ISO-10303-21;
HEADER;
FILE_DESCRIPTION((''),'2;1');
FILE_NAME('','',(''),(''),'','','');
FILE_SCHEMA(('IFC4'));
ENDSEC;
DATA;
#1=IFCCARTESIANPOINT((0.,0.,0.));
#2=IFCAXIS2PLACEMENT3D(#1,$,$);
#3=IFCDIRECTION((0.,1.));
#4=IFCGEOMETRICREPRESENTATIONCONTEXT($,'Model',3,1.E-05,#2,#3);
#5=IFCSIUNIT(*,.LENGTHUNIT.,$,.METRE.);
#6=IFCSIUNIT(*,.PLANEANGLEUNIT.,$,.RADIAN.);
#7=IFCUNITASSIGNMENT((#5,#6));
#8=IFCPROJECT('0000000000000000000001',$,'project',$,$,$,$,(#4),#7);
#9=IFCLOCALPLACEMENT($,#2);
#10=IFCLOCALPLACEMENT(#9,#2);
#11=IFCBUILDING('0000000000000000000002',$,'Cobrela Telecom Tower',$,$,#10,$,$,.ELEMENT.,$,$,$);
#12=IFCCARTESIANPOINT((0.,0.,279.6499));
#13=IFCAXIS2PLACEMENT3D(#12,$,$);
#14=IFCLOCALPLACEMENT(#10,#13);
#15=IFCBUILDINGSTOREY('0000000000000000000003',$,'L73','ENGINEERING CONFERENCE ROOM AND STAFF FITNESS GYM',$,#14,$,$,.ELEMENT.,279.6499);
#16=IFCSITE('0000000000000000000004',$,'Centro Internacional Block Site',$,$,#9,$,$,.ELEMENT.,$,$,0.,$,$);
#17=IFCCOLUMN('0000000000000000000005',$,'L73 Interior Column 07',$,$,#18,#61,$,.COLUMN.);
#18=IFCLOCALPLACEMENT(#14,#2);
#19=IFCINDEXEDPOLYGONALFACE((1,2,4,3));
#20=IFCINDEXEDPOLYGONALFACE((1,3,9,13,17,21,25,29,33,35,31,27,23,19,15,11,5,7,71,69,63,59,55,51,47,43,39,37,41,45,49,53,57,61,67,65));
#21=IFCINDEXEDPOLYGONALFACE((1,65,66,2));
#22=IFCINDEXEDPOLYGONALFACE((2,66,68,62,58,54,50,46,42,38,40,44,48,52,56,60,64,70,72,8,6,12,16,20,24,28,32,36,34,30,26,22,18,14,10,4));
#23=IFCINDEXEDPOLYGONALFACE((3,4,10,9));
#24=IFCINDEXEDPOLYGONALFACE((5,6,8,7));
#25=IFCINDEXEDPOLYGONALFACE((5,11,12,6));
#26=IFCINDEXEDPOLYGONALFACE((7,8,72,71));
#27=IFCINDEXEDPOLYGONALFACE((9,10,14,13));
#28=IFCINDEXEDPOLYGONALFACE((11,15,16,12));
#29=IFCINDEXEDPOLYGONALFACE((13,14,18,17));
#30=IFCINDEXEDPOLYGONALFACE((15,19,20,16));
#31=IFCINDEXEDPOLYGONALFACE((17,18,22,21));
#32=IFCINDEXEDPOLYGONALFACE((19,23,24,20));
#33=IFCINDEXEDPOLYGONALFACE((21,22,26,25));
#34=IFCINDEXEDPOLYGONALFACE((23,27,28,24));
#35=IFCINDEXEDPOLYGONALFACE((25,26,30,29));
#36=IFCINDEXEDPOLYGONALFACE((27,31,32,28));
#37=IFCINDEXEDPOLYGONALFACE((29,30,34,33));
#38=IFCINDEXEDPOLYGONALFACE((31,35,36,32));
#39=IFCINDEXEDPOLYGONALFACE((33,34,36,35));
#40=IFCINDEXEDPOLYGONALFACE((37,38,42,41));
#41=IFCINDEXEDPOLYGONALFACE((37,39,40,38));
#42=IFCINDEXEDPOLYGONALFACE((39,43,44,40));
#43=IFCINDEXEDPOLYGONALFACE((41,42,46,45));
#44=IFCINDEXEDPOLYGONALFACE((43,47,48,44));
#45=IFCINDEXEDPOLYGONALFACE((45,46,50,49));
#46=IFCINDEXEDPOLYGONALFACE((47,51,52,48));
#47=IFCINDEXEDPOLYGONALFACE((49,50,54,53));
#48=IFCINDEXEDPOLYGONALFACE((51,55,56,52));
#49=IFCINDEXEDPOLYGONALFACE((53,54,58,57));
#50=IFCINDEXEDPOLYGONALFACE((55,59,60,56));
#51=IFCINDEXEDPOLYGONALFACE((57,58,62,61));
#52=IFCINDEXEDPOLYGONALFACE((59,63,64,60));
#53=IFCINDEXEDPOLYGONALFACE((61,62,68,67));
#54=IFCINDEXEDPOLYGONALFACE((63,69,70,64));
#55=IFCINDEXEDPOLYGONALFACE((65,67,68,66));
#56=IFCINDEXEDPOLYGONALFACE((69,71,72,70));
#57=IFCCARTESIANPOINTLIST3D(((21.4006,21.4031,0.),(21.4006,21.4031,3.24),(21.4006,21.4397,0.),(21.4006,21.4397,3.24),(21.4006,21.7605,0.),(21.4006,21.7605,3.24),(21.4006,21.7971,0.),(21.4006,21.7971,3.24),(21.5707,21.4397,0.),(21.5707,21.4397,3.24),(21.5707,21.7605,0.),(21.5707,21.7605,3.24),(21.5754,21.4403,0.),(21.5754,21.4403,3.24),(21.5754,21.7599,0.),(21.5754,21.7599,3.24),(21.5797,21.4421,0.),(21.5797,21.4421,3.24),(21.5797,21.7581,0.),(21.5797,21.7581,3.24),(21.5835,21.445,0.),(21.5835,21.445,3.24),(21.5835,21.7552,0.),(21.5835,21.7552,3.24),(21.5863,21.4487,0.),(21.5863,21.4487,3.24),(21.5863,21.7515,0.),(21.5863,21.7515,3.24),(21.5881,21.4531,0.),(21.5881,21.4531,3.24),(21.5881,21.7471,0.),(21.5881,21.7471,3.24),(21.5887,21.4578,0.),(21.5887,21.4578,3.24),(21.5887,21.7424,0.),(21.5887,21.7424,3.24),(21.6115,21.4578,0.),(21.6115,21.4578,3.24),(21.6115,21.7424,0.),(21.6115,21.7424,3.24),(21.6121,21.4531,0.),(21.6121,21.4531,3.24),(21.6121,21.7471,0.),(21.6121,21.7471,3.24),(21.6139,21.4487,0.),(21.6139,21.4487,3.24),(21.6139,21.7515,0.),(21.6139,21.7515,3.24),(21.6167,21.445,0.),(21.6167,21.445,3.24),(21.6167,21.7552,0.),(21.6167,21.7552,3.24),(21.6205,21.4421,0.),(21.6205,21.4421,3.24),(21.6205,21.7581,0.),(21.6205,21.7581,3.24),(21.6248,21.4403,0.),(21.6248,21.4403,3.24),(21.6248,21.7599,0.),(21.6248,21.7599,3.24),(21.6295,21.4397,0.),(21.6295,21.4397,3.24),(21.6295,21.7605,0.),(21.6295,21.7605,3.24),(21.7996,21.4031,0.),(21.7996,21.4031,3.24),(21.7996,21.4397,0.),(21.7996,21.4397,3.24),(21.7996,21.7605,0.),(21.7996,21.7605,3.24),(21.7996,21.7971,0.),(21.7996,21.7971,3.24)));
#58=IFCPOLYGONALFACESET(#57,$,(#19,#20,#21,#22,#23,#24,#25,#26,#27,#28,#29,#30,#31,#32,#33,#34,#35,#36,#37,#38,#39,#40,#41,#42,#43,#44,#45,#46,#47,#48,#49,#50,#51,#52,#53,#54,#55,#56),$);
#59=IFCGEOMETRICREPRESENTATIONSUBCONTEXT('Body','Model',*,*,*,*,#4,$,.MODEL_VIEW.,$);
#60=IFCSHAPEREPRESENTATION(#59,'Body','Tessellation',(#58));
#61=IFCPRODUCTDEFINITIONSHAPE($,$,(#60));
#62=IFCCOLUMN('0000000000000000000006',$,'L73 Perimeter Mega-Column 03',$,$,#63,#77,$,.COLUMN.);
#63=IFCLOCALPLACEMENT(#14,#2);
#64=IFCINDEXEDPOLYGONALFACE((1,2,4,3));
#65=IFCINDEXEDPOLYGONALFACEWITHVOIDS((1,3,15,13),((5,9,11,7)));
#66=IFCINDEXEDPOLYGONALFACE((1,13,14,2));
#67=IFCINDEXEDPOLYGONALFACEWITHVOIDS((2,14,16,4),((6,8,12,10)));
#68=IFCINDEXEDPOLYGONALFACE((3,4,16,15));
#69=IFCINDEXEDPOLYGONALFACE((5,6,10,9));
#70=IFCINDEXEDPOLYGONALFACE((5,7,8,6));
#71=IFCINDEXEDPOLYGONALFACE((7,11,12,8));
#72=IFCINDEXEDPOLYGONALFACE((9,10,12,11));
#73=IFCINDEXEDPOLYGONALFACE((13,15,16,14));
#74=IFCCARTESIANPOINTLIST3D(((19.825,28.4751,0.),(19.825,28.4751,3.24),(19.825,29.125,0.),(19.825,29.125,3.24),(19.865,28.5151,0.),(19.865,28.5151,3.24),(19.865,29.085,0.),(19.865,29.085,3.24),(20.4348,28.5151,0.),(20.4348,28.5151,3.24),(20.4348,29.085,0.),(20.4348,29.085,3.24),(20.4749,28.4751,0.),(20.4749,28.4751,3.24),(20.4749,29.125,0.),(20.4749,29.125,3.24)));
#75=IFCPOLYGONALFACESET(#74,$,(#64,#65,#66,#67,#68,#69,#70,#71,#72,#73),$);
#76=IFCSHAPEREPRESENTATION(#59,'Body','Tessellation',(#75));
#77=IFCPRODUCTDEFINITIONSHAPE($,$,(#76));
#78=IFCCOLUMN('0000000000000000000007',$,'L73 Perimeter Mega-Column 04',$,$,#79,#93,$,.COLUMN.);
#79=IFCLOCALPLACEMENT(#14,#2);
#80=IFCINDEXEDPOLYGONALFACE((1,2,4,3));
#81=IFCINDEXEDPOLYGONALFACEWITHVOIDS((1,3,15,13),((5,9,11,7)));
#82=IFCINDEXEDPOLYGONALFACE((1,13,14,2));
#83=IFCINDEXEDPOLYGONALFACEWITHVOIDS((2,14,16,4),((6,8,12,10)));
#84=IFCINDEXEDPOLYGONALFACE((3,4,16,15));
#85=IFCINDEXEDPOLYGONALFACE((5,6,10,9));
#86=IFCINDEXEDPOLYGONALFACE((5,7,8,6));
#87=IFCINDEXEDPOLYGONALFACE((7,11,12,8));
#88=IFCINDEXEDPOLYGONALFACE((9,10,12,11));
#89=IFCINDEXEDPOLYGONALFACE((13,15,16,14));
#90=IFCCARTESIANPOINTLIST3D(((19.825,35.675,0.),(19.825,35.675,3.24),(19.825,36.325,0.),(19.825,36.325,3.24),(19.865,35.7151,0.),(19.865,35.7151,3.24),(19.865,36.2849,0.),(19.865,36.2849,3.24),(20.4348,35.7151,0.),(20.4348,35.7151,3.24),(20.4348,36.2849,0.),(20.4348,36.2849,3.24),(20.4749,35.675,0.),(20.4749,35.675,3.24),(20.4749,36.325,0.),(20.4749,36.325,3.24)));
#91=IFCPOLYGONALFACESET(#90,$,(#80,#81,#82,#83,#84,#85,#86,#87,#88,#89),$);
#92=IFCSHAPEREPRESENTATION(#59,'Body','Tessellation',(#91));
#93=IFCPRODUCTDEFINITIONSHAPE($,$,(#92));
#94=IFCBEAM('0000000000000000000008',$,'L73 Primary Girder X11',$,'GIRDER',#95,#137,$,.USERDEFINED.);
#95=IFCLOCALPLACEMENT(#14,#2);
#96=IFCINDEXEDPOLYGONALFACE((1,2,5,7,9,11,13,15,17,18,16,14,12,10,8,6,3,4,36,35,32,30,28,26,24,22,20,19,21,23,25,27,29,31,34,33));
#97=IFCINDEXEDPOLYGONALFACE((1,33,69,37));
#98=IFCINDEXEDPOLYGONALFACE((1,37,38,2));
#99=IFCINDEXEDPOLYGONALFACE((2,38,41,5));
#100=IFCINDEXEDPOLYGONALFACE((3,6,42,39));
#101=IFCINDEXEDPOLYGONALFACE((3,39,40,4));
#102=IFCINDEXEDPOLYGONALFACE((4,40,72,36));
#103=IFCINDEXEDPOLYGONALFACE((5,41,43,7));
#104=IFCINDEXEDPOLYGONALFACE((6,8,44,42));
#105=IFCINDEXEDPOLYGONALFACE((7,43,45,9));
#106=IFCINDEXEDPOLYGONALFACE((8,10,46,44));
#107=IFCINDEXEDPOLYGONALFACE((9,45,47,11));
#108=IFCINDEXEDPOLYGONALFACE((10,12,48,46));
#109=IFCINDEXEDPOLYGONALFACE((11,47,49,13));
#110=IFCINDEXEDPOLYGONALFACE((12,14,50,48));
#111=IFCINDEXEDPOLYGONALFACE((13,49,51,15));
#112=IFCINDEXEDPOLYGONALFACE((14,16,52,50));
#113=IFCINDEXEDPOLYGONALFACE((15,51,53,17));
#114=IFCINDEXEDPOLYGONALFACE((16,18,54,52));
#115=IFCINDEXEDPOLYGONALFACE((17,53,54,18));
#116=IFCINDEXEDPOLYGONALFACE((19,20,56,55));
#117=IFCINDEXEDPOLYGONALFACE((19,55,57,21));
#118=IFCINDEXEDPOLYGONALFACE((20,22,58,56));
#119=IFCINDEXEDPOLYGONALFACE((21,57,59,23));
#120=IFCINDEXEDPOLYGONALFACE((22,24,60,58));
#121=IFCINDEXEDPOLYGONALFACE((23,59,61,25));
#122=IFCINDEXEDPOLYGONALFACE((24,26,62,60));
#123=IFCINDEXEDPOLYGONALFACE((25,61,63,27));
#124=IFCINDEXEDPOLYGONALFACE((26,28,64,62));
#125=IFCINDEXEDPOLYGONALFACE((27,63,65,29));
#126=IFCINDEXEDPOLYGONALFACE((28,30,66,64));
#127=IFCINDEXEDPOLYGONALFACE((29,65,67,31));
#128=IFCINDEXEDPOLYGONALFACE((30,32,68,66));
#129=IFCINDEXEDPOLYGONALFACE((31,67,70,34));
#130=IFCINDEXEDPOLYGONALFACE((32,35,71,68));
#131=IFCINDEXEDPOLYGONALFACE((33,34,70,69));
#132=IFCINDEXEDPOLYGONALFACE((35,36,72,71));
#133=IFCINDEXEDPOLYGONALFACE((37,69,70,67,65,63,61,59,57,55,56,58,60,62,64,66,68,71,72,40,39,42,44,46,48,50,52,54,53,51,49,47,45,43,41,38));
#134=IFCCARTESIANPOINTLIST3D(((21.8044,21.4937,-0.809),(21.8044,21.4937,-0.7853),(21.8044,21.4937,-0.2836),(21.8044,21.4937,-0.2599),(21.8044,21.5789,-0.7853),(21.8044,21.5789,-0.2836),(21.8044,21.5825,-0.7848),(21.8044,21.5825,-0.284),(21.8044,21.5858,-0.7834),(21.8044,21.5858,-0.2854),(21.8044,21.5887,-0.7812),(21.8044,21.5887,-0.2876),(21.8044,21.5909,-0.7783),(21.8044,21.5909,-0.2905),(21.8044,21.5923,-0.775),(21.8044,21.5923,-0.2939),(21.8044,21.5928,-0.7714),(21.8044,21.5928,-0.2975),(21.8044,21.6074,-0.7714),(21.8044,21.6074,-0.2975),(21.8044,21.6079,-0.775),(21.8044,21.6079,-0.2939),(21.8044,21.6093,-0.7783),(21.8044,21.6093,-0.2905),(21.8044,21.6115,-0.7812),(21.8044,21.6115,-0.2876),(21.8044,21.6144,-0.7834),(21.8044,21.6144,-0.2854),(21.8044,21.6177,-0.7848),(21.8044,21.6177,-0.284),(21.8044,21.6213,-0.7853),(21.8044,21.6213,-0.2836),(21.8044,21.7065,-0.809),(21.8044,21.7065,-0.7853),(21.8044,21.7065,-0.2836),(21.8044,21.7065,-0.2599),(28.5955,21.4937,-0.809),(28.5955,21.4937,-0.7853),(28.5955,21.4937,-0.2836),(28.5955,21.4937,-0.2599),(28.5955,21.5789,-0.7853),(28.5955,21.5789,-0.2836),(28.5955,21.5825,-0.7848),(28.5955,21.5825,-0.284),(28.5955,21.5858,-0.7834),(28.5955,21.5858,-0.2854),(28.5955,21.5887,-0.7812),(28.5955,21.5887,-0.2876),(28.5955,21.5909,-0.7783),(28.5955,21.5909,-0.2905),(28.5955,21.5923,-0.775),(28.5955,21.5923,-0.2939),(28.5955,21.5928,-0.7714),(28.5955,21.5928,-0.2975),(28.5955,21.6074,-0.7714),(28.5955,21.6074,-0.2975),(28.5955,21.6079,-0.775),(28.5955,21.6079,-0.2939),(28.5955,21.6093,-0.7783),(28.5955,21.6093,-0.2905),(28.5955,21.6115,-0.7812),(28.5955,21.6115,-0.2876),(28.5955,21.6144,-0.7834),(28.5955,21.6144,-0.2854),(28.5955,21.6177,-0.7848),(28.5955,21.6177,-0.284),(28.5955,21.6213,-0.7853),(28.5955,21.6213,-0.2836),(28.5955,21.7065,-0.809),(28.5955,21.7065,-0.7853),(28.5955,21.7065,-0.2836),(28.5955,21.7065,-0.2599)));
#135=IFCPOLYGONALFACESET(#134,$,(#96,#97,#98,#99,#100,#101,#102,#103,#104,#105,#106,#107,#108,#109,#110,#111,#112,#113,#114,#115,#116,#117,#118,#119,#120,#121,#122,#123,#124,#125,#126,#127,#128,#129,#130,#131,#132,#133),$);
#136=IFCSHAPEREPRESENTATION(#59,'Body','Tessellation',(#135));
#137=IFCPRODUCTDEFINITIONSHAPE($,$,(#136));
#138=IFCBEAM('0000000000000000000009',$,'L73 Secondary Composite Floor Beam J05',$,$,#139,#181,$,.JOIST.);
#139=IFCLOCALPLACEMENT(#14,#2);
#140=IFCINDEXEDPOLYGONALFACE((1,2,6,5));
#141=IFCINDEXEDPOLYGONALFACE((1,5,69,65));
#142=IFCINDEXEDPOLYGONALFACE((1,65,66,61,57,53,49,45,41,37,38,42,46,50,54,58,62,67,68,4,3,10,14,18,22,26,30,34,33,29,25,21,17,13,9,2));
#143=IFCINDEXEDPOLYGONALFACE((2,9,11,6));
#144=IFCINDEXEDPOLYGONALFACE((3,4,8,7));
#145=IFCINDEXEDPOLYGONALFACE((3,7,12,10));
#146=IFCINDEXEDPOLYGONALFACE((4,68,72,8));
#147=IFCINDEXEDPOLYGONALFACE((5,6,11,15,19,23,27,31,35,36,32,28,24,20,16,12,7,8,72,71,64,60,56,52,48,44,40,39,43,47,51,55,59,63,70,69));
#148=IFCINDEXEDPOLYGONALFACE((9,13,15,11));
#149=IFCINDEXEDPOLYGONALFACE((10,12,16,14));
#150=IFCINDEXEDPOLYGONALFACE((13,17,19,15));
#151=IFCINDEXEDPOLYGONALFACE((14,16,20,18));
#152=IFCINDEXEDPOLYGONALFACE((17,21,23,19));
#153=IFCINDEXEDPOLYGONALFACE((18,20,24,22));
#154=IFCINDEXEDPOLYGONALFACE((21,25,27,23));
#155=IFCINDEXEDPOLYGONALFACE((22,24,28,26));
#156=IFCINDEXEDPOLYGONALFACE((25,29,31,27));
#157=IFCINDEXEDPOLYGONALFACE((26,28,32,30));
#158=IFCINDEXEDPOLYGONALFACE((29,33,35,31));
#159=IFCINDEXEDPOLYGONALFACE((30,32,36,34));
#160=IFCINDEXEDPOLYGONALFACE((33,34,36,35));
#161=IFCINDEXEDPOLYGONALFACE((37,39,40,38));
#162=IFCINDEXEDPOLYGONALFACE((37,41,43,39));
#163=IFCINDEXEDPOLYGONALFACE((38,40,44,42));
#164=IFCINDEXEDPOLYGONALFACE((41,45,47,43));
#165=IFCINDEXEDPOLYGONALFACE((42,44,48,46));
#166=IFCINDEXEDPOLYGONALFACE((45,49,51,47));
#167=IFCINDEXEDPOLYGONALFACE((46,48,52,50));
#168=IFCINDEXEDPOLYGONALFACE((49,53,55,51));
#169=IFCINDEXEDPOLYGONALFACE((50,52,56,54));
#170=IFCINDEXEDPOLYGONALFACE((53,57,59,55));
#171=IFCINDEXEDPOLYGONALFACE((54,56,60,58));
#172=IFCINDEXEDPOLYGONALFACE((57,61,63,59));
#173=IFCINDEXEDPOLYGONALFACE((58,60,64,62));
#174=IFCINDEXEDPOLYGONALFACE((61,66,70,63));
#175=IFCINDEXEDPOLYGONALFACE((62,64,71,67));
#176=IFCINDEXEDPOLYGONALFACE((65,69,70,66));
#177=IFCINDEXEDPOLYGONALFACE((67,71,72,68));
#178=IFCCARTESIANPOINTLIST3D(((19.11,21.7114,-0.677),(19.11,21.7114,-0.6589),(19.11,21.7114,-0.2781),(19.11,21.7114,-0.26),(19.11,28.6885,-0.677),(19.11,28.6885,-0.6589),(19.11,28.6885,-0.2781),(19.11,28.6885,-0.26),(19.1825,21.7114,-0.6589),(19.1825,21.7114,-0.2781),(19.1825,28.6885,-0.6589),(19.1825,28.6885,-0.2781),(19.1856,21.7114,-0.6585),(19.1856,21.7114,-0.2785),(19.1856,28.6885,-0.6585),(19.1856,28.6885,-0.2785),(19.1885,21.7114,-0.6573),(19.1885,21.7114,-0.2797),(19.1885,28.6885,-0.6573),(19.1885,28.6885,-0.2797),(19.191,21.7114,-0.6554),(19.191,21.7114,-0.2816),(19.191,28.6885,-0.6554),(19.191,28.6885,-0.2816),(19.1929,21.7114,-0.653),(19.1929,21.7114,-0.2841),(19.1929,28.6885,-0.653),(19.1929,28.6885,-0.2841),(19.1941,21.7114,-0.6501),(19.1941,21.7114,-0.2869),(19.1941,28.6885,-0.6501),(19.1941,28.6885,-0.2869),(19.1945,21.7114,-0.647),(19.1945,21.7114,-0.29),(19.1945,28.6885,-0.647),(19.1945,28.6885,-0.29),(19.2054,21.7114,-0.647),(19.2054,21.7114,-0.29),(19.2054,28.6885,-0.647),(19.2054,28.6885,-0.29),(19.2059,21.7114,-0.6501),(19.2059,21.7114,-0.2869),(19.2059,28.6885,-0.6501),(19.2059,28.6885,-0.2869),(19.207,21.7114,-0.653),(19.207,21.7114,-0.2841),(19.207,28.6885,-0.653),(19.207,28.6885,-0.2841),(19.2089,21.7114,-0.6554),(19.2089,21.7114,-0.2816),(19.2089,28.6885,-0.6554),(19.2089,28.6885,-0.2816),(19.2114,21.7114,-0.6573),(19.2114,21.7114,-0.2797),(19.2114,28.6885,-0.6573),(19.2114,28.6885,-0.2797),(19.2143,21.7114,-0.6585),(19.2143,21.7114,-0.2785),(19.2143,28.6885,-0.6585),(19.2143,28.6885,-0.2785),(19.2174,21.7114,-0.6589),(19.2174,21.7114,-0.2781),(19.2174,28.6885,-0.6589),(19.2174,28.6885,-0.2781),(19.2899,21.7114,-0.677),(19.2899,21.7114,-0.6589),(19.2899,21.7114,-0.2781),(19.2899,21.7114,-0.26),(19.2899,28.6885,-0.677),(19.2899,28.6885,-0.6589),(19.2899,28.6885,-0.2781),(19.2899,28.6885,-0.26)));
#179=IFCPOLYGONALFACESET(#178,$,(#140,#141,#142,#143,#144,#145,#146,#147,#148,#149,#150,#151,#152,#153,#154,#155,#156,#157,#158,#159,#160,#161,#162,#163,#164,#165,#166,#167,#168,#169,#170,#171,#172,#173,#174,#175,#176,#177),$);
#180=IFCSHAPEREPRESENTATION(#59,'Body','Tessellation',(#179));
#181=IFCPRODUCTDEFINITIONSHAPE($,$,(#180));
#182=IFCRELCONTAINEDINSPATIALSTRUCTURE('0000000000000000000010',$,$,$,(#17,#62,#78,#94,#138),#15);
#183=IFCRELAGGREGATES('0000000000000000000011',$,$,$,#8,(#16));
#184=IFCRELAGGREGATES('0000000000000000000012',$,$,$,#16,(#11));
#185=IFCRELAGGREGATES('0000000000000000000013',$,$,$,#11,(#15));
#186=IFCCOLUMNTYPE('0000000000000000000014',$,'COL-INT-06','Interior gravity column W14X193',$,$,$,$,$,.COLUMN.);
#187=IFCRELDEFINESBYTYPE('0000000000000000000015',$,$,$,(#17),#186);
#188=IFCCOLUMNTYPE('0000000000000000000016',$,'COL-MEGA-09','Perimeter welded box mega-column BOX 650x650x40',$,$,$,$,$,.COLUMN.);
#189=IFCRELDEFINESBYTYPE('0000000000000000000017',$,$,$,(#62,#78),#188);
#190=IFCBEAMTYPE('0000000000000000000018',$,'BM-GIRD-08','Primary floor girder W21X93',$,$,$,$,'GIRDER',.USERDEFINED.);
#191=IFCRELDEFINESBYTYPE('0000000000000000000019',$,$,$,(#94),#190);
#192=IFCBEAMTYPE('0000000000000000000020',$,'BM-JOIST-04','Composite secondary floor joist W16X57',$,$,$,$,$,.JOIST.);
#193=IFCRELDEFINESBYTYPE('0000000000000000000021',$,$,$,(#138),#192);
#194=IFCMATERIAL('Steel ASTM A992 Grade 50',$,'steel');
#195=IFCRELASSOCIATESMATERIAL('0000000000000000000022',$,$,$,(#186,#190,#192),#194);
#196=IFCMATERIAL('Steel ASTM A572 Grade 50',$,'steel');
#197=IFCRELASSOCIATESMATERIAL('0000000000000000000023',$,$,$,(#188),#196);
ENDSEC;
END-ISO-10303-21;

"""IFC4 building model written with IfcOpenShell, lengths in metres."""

from ifc_helpers import new_model, si_unit, direction, frame, origin, origin_2d, place, context, subcontext, project, spatial, hollow_rectangle, i_section, extrude, material, material_profile, profile_set, type_object, element, save


model = new_model("IFC4")

# Units and contexts
model_context = context("Model", 3, precision=1e-05, world=origin(), true_north=direction((0.0, 1.0)))
body_context = subcontext(model_context, "Body", "Model", "MODEL_VIEW")
ifc_project = project(units=[si_unit("LENGTHUNIT", "METRE"), si_unit("PLANEANGLEUNIT", "RADIAN")], contexts=[model_context])

# Site, building, storey
site_placement = place(None, origin())
site = spatial("IfcSite", under=ifc_project, at=site_placement, Name="Centro Internacional Block Site", CompositionType="ELEMENT", RefElevation=0.0)
building_placement = place(site_placement, origin())
building = spatial("IfcBuilding", under=site, at=building_placement, Name="Cobrela Telecom Tower", CompositionType="ELEMENT")
storey_placement = place(building_placement, frame((0.0, 0.0, 279.6499)))
storey = spatial("IfcBuildingStorey", under=building, at=storey_placement, Name="L73", Description="ENGINEERING CONFERENCE ROOM AND STAFF FITNESS GYM", CompositionType="ELEMENT", Elevation=279.6499)

# Columns
ifc_material_1 = material(Name="Steel ASTM A992 Grade 50", Category="steel")
ifc_material_profile_1 = material_profile(ifc_material_1, i_section(OverallWidth=0.3989, OverallDepth=0.394, WebThickness=0.0227, FlangeThickness=0.0366, FilletRadius=0.0181, at=origin_2d()), Name="W14X193")
ifc_profile_set_1 = profile_set([ifc_material_profile_1], Name="Steel ASTM A992 Grade 50")
column_type_1 = type_object("IfcColumnType", Name="COL-INT-06", Description="Interior gravity column W14X193", PredefinedType="COLUMN", material=ifc_profile_set_1)
column_placement = place(storey_placement, frame((21.6001, 21.6001, 0.0), z_axis=(0.0, 0.0, 1.0), x_axis=(1.0, 0.0, 0.0)))
element("IfcColumn", 1, at=column_placement, inside=storey, type_object=column_type_1, Name="L73 Interior Column 07", PredefinedType="COLUMN", context=body_context, shape_type="SweptSolid", body=[
    extrude(i_section(OverallWidth=0.3989, OverallDepth=0.394, WebThickness=0.0227, FlangeThickness=0.0366, FilletRadius=0.0181, at=origin_2d()), origin(), (0.0, 0.0, 1.0), 3.24),
])
ifc_material_2 = material(Name="Steel ASTM A572 Grade 50", Category="steel")
ifc_material_profile_2 = material_profile(ifc_material_2, hollow_rectangle(XDim=0.6499, YDim=0.6499, WallThickness=0.04, at=origin_2d()), Name="BOX 650x650x40")
ifc_profile_set_2 = profile_set([ifc_material_profile_2], Name="Steel ASTM A572 Grade 50")
column_type_2 = type_object("IfcColumnType", Name="COL-MEGA-09", Description="Perimeter welded box mega-column BOX 650x650x40", PredefinedType="COLUMN", material=ifc_profile_set_2)
for number, where, z_axis, x_axis, name in (
    (2, (20.1499, 28.8, 0.0), (0.0, 0.0, 1.0), (1.0, 0.0, 0.0), "L73 Perimeter Mega-Column 03"),
    (3, (20.1499, 36.0, 0.0), (0.0, 0.0, 1.0), (1.0, 0.0, 0.0), "L73 Perimeter Mega-Column 04"),
):
    element("IfcColumn", number, at=place(storey_placement, frame(where, z_axis=z_axis, x_axis=x_axis)), inside=storey, type_object=column_type_2, Name=name, PredefinedType="COLUMN", context=body_context, shape_type="SweptSolid", body=[
        extrude(hollow_rectangle(XDim=0.6499, YDim=0.6499, WallThickness=0.04, at=origin_2d()), origin(), (0.0, 0.0, 1.0), 3.24),
    ])

# Beams
ifc_material_profile_3 = material_profile(ifc_material_1, i_section(OverallWidth=0.2129, OverallDepth=0.5491, WebThickness=0.0146, FlangeThickness=0.0237, FilletRadius=0.0139, at=origin_2d()), Name="W21X93")
ifc_profile_set_3 = profile_set([ifc_material_profile_3], Name="Steel ASTM A992 Grade 50")
beam_type_1 = type_object("IfcBeamType", Name="BM-GIRD-08", Description="Primary floor girder W21X93", ElementType="GIRDER", PredefinedType="USERDEFINED", material=ifc_profile_set_3)
beam_1_placement = place(storey_placement, frame((21.8044, 21.6001, -0.5344), z_axis=(1.0, 0.0, 0.0), x_axis=(0.0, 1.0, 0.0)))
element("IfcBeam", 4, at=beam_1_placement, inside=storey, type_object=beam_type_1, Name="L73 Primary Girder X11", ObjectType="GIRDER", PredefinedType="USERDEFINED", context=body_context, shape_type="SweptSolid", body=[
    extrude(i_section(OverallWidth=0.2129, OverallDepth=0.5491, WebThickness=0.0146, FlangeThickness=0.0237, FilletRadius=0.0139, at=origin_2d()), origin(), (0.0, 0.0, 1.0), 6.791),
])
ifc_material_profile_4 = material_profile(ifc_material_1, i_section(OverallWidth=0.1799, OverallDepth=0.417, WebThickness=0.011, FlangeThickness=0.0181, FilletRadius=0.012, at=origin_2d()), Name="W16X57")
ifc_profile_set_4 = profile_set([ifc_material_profile_4], Name="Steel ASTM A992 Grade 50")
beam_type_2 = type_object("IfcBeamType", Name="BM-JOIST-04", Description="Composite secondary floor joist W16X57", PredefinedType="JOIST", material=ifc_profile_set_4)
beam_2_placement = place(storey_placement, frame((19.2, 21.7114, -0.4685), z_axis=(0.0, 1.0, 0.0), x_axis=(-1.0, 0.0, 0.0)))
element("IfcBeam", 5, at=beam_2_placement, inside=storey, type_object=beam_type_2, Name="L73 Secondary Composite Floor Beam J05", PredefinedType="JOIST", context=body_context, shape_type="SweptSolid", body=[
    extrude(i_section(OverallWidth=0.1799, OverallDepth=0.417, WebThickness=0.011, FlangeThickness=0.0181, FilletRadius=0.012, at=origin_2d()), origin(), (0.0, 0.0, 1.0), 6.9771),
])

save(model, "model.ifc")
